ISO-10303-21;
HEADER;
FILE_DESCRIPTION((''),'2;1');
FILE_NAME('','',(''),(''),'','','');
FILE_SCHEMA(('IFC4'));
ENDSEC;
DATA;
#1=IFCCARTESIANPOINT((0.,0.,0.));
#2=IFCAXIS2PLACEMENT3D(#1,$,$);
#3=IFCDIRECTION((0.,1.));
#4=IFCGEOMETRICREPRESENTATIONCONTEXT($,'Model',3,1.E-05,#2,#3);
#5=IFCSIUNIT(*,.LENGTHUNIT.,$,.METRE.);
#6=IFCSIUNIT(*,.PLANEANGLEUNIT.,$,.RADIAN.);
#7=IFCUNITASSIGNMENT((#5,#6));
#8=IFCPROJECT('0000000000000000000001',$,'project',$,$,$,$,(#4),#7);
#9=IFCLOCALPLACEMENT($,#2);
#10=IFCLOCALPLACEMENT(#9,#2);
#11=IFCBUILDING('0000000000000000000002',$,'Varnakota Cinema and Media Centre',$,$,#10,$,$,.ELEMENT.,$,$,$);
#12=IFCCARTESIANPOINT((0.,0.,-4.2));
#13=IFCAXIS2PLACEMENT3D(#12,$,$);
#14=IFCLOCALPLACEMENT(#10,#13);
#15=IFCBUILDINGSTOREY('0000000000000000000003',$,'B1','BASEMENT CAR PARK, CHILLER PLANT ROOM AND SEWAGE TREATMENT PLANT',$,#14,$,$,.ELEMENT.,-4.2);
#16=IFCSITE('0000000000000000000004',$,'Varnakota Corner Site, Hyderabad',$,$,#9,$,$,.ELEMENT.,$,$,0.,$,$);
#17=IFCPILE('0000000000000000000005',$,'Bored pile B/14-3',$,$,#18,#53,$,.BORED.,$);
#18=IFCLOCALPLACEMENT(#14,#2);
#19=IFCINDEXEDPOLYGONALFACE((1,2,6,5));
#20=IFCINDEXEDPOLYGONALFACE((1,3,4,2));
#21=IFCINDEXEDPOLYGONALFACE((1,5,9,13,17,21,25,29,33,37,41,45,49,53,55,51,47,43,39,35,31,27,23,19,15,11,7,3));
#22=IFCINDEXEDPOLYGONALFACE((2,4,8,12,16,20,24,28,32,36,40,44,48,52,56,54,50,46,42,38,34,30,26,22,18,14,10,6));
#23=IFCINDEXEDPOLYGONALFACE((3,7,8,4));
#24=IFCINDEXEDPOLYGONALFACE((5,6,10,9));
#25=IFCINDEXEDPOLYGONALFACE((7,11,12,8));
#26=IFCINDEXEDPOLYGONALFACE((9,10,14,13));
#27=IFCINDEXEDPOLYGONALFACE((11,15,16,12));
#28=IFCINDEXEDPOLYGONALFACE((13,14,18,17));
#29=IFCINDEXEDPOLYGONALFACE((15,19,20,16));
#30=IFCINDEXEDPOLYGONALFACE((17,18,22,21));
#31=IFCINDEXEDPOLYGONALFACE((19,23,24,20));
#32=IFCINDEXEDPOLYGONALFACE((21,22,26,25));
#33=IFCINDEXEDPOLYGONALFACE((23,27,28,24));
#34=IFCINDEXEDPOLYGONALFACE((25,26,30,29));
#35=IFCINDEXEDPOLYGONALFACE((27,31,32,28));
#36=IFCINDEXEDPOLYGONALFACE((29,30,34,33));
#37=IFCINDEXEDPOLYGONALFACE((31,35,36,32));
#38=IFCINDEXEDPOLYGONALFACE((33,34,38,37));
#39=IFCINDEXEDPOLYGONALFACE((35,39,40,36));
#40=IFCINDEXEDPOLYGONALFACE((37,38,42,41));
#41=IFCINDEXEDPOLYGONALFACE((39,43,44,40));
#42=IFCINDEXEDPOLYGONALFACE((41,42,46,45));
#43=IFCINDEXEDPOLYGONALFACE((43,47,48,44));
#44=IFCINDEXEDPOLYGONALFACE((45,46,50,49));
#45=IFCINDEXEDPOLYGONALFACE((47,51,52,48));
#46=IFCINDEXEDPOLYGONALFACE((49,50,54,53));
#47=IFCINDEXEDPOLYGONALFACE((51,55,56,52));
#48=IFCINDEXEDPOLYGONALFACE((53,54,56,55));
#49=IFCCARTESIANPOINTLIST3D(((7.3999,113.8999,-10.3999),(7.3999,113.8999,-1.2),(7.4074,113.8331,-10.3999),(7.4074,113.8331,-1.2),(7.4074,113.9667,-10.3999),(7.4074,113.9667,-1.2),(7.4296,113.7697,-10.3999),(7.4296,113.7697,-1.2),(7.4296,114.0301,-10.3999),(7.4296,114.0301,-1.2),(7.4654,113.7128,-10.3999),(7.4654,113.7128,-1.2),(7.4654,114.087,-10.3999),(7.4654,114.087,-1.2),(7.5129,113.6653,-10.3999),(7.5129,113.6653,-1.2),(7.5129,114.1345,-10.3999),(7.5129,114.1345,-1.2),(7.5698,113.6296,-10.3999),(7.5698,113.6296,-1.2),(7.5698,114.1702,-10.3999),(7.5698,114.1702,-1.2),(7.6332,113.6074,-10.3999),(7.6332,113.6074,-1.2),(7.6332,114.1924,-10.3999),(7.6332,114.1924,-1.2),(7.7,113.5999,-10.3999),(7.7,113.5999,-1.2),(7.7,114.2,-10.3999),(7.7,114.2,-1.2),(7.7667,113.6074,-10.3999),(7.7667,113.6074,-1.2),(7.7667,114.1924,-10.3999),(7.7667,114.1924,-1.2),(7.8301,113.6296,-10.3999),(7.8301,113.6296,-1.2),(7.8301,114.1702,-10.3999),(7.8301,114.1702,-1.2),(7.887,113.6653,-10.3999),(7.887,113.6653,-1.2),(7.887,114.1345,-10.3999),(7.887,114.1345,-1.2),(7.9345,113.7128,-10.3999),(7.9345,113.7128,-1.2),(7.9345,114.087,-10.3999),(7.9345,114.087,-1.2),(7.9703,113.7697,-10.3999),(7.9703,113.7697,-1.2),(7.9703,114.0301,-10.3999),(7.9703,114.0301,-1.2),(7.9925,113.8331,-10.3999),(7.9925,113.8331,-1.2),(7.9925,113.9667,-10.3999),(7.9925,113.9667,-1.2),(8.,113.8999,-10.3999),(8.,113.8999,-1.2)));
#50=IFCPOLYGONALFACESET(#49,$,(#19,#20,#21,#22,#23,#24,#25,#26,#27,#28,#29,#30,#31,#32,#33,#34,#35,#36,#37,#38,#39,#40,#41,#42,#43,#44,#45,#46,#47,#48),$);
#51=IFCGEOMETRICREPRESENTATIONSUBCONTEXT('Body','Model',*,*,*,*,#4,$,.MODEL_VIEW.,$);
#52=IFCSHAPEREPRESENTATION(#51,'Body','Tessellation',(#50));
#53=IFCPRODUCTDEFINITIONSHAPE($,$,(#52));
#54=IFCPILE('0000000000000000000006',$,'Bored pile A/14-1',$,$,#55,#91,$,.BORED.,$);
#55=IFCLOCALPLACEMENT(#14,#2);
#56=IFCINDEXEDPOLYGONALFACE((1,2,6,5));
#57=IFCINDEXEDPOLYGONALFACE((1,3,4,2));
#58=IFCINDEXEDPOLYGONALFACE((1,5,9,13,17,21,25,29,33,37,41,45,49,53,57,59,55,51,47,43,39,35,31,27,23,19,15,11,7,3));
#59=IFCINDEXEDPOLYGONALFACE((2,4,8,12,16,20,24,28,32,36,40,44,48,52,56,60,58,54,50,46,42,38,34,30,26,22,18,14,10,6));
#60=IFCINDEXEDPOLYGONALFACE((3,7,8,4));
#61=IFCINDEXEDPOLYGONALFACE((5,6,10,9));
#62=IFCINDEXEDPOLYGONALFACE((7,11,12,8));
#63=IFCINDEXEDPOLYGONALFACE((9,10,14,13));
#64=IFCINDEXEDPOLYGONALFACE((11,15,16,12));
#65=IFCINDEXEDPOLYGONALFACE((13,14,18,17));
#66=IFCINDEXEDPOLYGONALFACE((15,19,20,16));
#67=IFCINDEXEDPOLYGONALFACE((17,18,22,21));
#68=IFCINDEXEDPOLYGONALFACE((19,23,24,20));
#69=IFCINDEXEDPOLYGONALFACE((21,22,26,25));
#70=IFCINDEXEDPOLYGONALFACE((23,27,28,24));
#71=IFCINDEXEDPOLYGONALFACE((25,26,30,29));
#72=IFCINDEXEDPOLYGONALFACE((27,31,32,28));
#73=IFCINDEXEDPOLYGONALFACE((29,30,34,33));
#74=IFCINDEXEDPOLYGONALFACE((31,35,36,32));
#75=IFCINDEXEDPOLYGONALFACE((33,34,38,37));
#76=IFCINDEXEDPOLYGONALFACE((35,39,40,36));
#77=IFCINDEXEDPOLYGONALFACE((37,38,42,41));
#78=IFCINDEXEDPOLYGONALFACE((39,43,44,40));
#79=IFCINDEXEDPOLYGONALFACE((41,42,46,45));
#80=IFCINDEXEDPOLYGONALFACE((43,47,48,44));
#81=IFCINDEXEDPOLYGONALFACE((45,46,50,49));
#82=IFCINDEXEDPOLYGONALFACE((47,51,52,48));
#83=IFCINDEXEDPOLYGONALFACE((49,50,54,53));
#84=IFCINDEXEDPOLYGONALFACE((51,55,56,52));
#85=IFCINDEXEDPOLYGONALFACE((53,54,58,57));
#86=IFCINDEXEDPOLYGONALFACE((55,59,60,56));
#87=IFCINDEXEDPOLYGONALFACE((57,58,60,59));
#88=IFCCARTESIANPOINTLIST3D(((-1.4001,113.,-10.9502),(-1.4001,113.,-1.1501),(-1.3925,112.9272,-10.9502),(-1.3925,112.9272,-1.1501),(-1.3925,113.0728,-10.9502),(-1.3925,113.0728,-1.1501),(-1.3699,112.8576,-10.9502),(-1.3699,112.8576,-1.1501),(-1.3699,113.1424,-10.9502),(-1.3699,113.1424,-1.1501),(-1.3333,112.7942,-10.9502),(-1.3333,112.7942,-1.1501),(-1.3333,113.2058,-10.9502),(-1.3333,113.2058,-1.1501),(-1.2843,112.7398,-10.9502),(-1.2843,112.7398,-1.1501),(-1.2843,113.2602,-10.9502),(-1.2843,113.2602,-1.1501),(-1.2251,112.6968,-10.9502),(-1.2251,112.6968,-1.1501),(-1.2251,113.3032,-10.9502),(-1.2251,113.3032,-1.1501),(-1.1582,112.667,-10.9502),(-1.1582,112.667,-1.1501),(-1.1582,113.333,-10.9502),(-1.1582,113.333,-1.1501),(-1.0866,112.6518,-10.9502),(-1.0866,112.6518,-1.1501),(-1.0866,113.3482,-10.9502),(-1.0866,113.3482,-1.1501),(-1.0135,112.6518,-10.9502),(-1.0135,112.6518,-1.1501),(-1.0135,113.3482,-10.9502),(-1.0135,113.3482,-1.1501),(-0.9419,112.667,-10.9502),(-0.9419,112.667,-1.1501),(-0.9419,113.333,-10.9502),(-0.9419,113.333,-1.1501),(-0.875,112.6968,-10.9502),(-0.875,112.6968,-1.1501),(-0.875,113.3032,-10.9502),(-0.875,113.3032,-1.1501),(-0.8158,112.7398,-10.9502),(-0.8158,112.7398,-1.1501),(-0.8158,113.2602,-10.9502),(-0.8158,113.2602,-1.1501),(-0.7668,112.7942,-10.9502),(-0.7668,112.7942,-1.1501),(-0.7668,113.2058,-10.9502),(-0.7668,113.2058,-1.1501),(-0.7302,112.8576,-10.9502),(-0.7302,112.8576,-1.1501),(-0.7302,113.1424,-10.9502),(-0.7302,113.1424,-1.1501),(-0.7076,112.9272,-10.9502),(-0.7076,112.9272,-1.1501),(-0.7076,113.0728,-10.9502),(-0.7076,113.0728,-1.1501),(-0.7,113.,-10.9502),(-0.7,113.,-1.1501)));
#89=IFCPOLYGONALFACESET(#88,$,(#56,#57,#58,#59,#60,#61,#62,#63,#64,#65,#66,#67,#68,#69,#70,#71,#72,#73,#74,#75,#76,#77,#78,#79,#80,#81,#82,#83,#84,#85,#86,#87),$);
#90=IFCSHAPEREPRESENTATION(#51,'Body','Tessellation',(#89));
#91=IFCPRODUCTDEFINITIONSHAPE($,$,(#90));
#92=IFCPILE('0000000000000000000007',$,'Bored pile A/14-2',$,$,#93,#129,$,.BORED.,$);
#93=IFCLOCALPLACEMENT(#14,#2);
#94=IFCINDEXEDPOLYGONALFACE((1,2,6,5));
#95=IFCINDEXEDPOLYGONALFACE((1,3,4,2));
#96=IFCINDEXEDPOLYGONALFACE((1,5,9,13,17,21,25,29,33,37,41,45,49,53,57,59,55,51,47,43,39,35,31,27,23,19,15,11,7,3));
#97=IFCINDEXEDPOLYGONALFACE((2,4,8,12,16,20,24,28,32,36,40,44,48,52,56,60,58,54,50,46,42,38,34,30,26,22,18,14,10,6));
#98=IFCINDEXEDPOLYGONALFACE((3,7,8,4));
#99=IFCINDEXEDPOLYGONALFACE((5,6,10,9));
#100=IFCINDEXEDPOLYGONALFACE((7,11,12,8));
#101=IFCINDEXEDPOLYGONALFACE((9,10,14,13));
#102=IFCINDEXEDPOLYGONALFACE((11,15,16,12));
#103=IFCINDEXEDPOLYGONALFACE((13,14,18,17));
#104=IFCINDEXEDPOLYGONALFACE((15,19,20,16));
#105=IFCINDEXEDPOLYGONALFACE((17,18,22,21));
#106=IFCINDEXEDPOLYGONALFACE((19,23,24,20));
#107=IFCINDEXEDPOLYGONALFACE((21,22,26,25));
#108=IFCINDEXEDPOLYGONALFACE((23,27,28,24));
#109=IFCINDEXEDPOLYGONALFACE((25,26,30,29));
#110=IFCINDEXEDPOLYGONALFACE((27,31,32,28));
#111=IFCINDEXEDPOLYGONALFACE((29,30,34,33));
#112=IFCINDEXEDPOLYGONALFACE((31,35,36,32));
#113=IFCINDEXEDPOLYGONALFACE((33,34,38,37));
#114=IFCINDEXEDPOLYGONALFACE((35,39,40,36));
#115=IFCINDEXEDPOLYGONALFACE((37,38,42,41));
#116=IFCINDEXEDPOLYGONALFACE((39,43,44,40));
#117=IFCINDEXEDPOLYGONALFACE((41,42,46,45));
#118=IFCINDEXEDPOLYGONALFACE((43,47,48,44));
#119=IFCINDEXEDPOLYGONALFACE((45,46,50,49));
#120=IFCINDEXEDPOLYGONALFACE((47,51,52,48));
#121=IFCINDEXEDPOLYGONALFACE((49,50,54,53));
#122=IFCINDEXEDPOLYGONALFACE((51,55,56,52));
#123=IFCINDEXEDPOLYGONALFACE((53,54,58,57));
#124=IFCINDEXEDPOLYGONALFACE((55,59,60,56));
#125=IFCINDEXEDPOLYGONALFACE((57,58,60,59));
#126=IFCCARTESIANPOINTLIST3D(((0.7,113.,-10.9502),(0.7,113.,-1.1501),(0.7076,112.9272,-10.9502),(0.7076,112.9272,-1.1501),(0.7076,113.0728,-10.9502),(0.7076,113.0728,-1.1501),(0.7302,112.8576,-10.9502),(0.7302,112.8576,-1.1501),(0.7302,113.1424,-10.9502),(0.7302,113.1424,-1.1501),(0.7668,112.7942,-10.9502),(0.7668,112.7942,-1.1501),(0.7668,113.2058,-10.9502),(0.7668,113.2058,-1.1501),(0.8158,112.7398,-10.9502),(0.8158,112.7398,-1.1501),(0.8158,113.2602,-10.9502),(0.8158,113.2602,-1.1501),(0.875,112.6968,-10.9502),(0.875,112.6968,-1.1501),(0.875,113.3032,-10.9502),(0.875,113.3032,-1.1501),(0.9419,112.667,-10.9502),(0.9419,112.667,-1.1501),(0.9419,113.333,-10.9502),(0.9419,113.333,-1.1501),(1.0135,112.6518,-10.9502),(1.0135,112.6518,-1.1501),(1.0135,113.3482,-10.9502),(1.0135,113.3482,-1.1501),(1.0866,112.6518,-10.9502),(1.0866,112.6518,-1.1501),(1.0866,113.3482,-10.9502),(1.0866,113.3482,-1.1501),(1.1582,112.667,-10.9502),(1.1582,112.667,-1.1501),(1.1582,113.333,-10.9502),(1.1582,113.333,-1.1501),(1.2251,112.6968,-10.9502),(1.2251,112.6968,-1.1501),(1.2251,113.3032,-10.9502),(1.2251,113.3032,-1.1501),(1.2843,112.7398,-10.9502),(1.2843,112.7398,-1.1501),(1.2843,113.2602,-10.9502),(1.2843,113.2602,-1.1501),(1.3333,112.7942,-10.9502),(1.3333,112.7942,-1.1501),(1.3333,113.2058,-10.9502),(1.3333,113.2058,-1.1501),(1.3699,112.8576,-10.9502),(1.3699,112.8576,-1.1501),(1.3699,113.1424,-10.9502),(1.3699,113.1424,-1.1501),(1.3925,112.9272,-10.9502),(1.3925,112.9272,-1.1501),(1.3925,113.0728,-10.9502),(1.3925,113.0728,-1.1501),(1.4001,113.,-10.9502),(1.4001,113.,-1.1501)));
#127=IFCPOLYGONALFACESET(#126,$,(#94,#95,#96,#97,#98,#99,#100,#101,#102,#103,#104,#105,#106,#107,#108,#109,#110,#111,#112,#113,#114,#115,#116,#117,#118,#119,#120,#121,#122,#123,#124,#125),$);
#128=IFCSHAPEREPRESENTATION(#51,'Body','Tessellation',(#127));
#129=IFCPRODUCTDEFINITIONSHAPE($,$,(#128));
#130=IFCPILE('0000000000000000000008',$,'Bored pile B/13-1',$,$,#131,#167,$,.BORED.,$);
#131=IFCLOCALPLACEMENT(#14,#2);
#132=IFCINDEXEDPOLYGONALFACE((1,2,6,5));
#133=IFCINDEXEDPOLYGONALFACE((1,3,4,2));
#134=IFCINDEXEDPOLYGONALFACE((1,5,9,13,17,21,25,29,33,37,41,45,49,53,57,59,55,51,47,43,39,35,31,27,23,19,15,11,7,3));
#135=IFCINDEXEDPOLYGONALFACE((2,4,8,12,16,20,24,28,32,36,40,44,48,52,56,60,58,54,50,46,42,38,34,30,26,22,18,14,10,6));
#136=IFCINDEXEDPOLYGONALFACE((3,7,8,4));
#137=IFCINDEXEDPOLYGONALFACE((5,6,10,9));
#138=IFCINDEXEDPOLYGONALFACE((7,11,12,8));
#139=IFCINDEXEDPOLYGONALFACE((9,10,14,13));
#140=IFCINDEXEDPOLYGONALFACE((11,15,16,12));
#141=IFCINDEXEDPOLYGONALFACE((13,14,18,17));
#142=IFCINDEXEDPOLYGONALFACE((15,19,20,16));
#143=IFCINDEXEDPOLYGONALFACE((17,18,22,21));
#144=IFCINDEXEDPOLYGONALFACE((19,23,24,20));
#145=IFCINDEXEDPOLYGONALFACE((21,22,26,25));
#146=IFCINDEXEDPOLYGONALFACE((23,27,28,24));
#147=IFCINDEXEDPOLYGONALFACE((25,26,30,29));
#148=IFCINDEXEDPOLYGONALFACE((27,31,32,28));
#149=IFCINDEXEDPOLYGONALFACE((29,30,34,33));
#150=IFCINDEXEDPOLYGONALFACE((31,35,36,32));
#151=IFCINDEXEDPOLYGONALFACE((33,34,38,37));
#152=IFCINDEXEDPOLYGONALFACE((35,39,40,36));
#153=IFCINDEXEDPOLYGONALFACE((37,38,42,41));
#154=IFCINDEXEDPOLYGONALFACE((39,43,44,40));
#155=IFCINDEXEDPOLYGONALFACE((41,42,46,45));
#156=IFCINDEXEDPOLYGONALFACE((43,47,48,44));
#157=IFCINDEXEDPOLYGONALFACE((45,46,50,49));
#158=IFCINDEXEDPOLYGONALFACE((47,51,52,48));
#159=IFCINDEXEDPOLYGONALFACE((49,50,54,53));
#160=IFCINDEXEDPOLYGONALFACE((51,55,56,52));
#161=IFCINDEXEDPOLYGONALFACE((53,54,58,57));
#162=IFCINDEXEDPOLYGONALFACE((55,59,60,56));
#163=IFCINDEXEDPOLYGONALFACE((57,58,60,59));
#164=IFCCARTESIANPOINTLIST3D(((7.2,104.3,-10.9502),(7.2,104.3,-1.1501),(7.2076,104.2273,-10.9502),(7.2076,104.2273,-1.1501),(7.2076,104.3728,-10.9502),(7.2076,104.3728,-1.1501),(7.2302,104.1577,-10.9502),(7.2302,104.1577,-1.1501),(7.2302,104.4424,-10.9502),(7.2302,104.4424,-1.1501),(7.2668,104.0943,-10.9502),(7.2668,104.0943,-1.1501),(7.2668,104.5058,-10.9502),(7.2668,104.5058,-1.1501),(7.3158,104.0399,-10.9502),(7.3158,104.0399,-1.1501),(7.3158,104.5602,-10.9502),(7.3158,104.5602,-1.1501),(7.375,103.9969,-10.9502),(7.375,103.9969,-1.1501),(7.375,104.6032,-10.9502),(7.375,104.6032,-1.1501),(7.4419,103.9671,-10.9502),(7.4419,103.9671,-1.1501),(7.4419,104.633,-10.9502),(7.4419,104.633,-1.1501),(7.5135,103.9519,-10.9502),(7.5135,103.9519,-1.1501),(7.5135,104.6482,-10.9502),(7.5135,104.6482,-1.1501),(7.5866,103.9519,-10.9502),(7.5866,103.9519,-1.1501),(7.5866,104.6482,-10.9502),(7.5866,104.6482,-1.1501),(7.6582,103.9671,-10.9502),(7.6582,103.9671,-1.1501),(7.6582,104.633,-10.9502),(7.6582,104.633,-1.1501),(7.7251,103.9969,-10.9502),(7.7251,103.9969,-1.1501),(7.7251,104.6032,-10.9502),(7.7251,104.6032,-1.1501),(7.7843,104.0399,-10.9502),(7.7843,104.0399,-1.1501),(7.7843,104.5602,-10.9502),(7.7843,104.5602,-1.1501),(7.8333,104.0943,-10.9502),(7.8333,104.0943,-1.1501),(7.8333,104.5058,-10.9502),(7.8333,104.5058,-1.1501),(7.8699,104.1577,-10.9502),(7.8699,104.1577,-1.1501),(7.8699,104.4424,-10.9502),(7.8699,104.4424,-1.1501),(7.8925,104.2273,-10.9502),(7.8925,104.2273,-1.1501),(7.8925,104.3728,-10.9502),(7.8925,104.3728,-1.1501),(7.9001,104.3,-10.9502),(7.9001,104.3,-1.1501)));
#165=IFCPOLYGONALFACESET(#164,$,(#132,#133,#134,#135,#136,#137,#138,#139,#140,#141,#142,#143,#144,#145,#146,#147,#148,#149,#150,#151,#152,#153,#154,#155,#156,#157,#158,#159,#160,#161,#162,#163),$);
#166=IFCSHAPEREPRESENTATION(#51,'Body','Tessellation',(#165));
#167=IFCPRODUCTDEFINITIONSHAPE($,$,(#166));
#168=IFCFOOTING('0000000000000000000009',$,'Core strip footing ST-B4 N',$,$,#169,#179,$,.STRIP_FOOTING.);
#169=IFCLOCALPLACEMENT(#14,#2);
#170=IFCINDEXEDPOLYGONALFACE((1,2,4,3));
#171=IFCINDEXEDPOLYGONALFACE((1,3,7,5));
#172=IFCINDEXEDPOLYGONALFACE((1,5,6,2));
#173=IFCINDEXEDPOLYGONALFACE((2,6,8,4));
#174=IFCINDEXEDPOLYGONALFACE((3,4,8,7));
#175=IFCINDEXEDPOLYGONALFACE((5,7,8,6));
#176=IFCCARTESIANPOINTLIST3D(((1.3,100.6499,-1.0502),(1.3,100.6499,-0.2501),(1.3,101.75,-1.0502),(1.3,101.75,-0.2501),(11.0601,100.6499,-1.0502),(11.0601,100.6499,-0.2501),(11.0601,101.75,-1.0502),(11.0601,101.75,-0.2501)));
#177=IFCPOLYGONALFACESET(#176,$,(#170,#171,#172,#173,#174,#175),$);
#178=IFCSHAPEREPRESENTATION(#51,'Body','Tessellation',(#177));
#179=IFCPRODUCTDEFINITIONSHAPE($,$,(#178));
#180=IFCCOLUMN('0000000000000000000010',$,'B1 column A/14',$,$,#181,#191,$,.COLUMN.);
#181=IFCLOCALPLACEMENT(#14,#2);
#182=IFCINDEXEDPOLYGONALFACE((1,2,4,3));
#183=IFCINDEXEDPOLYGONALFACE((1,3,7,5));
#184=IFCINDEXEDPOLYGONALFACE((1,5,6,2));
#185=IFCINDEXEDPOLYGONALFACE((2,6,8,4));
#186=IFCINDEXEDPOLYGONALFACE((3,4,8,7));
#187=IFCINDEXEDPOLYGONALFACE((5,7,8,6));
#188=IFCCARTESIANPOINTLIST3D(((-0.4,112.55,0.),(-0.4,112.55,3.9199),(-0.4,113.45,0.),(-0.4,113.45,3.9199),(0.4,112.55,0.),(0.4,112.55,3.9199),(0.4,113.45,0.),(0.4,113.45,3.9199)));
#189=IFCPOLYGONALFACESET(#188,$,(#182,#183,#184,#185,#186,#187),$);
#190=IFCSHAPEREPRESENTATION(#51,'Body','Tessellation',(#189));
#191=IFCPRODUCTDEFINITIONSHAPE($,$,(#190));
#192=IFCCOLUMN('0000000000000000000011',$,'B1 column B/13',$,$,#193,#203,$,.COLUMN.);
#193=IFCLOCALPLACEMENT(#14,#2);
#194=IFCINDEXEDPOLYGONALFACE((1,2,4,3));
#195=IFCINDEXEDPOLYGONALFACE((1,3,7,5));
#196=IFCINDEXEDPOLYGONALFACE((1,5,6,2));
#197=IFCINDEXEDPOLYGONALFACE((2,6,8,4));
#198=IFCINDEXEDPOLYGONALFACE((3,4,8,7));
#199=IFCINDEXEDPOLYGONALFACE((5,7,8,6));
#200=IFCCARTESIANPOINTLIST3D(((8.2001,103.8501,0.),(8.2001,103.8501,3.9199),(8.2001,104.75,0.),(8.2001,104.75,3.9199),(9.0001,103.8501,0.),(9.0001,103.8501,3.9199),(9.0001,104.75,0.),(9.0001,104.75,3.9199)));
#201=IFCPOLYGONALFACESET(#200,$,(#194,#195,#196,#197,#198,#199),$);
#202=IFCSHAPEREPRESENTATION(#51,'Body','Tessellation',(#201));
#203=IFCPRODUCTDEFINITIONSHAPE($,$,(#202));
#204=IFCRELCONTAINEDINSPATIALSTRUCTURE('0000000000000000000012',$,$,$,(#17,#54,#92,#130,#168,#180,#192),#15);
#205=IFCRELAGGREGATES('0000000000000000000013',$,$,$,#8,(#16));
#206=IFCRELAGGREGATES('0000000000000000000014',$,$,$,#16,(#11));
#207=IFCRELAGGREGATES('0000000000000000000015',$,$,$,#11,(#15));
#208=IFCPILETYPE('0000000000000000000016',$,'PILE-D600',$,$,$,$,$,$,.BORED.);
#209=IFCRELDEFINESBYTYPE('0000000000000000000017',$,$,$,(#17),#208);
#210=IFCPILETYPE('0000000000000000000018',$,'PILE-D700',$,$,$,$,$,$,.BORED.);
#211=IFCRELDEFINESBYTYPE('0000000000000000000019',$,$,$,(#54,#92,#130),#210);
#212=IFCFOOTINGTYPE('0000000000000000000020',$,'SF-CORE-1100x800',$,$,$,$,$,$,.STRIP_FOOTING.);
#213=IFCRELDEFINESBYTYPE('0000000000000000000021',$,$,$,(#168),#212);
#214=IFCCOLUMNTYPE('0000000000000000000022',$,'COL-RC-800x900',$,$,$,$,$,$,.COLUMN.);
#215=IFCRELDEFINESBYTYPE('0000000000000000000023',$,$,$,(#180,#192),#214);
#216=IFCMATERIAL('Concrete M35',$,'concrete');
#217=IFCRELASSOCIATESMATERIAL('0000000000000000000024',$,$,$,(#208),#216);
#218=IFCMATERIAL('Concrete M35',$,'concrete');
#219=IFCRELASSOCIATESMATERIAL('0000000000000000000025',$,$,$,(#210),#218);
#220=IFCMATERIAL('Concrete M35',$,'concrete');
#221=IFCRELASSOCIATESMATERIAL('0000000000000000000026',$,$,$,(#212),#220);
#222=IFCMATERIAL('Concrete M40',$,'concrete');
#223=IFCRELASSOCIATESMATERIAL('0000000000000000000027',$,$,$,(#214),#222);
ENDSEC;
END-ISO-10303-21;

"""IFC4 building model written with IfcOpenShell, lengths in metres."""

from ifc_helpers import new_model, si_unit, direction, frame, origin, origin_2d, place, context, subcontext, project, spatial, rectangle, circle, extrude, material, material_profile, profile_set, type_object, element, save


model = new_model("IFC4")

# Units and contexts
model_context = context("Model", 3, precision=1e-05, world=origin(), true_north=direction((0.0, 1.0)))
body_context = subcontext(model_context, "Body", "Model", "MODEL_VIEW")
ifc_project = project(units=[si_unit("LENGTHUNIT", "METRE"), si_unit("PLANEANGLEUNIT", "RADIAN")], contexts=[model_context])

# Site, building, storey
site_placement = place(None, origin())
site = spatial("IfcSite", under=ifc_project, at=site_placement, Name="Varnakota Corner Site, Hyderabad", CompositionType="ELEMENT", RefElevation=0.0)
building_placement = place(site_placement, origin())
building = spatial("IfcBuilding", under=site, at=building_placement, Name="Varnakota Cinema and Media Centre", CompositionType="ELEMENT")
storey_placement = place(building_placement, frame((0.0, 0.0, -4.2)))
storey = spatial("IfcBuildingStorey", under=building, at=storey_placement, Name="B1", Description="BASEMENT CAR PARK, CHILLER PLANT ROOM AND SEWAGE TREATMENT PLANT", CompositionType="ELEMENT", Elevation=-4.2)

# Piles
ifc_material_1 = material(Name="Concrete M35", Category="concrete")
ifc_material_profile_1 = material_profile(ifc_material_1, circle(Radius=0.3, at=origin_2d()), Name="PILE D600")
ifc_profile_set_1 = profile_set([ifc_material_profile_1], Name="Concrete M35")
pile_type_1 = type_object("IfcPileType", Name="PILE-D600", PredefinedType="BORED", material=ifc_profile_set_1)
for number, where, z_axis, x_axis, name in (
    (1, (7.7, 113.8999, -1.2), (0.0, 0.0, -1.0), (1.0, 0.0, 0.0), "Bored pile B/14-3"),
):
    element("IfcPile", number, at=place(storey_placement, frame(where, z_axis=z_axis, x_axis=x_axis)), inside=storey, type_object=pile_type_1, Name=name, PredefinedType="BORED", context=body_context, shape_type="SweptSolid", body=[
        extrude(circle(Radius=0.3, at=origin_2d()), origin(), (0.0, 0.0, 1.0), 9.2),
    ])
ifc_material_2 = material(Name="Concrete M35", Category="concrete")
ifc_material_profile_2 = material_profile(ifc_material_2, circle(Radius=0.3501, at=origin_2d()), Name="PILE D700")
ifc_profile_set_2 = profile_set([ifc_material_profile_2], Name="Concrete M35")
pile_type_2 = type_object("IfcPileType", Name="PILE-D700", PredefinedType="BORED", material=ifc_profile_set_2)
for number, where, z_axis, x_axis, name in (
    (2, (-1.05, 113.0, -1.1501), (0.0, 0.0, -1.0), (1.0, 0.0, 0.0), "Bored pile A/14-1"),
    (3, (1.05, 113.0, -1.1501), (0.0, 0.0, -1.0), (1.0, 0.0, 0.0), "Bored pile A/14-2"),
    (4, (7.55, 104.3, -1.1501), (0.0, 0.0, -1.0), (1.0, 0.0, 0.0), "Bored pile B/13-1"),
):
    element("IfcPile", number, at=place(storey_placement, frame(where, z_axis=z_axis, x_axis=x_axis)), inside=storey, type_object=pile_type_2, Name=name, PredefinedType="BORED", context=body_context, shape_type="SweptSolid", body=[
        extrude(circle(Radius=0.3501, at=origin_2d()), origin(), (0.0, 0.0, 1.0), 9.8),
    ])

# Footing
ifc_material_3 = material(Name="Concrete M35", Category="concrete")
ifc_material_profile_3 = material_profile(ifc_material_3, rectangle(XDim=1.1001, YDim=0.8, at=origin_2d()), Name="SF 1100x800")
ifc_profile_set_3 = profile_set([ifc_material_profile_3], Name="Concrete M35")
footing_type_1 = type_object("IfcFootingType", Name="SF-CORE-1100x800", PredefinedType="STRIP_FOOTING", material=ifc_profile_set_3)
footing_1_placement = place(storey_placement, frame((1.3, 101.2, -0.6501), z_axis=(1.0, 0.0, 0.0), x_axis=(0.0, 1.0, 0.0)))
element("IfcFooting", 5, at=footing_1_placement, inside=storey, type_object=footing_type_1, Name="Core strip footing ST-B4 N", PredefinedType="STRIP_FOOTING", context=body_context, shape_type="SweptSolid", body=[
    extrude(rectangle(XDim=1.1001, YDim=0.8, at=origin_2d()), origin(), (0.0, 0.0, 1.0), 9.76),
])

# Columns
ifc_material_4 = material(Name="Concrete M40", Category="concrete")
ifc_material_profile_4 = material_profile(ifc_material_4, rectangle(XDim=0.8, YDim=0.8999, at=origin_2d()), Name="RC 800x900")
ifc_profile_set_4 = profile_set([ifc_material_profile_4], Name="Concrete M40")
column_type_1 = type_object("IfcColumnType", Name="COL-RC-800x900", PredefinedType="COLUMN", material=ifc_profile_set_4)
for number, where, z_axis, x_axis, name in (
    (6, (0.0, 113.0, 0.0), (0.0, 0.0, 1.0), (1.0, 0.0, 0.0), "B1 column A/14"),
    (7, (8.6001, 104.3, 0.0), (0.0, 0.0, 1.0), (1.0, 0.0, 0.0), "B1 column B/13"),
):
    element("IfcColumn", number, at=place(storey_placement, frame(where, z_axis=z_axis, x_axis=x_axis)), inside=storey, type_object=column_type_1, Name=name, PredefinedType="COLUMN", context=body_context, shape_type="SweptSolid", body=[
        extrude(rectangle(XDim=0.8, YDim=0.8999, at=origin_2d()), origin(), (0.0, 0.0, 1.0), 3.9199),
    ])

save(model, "model.ifc")
